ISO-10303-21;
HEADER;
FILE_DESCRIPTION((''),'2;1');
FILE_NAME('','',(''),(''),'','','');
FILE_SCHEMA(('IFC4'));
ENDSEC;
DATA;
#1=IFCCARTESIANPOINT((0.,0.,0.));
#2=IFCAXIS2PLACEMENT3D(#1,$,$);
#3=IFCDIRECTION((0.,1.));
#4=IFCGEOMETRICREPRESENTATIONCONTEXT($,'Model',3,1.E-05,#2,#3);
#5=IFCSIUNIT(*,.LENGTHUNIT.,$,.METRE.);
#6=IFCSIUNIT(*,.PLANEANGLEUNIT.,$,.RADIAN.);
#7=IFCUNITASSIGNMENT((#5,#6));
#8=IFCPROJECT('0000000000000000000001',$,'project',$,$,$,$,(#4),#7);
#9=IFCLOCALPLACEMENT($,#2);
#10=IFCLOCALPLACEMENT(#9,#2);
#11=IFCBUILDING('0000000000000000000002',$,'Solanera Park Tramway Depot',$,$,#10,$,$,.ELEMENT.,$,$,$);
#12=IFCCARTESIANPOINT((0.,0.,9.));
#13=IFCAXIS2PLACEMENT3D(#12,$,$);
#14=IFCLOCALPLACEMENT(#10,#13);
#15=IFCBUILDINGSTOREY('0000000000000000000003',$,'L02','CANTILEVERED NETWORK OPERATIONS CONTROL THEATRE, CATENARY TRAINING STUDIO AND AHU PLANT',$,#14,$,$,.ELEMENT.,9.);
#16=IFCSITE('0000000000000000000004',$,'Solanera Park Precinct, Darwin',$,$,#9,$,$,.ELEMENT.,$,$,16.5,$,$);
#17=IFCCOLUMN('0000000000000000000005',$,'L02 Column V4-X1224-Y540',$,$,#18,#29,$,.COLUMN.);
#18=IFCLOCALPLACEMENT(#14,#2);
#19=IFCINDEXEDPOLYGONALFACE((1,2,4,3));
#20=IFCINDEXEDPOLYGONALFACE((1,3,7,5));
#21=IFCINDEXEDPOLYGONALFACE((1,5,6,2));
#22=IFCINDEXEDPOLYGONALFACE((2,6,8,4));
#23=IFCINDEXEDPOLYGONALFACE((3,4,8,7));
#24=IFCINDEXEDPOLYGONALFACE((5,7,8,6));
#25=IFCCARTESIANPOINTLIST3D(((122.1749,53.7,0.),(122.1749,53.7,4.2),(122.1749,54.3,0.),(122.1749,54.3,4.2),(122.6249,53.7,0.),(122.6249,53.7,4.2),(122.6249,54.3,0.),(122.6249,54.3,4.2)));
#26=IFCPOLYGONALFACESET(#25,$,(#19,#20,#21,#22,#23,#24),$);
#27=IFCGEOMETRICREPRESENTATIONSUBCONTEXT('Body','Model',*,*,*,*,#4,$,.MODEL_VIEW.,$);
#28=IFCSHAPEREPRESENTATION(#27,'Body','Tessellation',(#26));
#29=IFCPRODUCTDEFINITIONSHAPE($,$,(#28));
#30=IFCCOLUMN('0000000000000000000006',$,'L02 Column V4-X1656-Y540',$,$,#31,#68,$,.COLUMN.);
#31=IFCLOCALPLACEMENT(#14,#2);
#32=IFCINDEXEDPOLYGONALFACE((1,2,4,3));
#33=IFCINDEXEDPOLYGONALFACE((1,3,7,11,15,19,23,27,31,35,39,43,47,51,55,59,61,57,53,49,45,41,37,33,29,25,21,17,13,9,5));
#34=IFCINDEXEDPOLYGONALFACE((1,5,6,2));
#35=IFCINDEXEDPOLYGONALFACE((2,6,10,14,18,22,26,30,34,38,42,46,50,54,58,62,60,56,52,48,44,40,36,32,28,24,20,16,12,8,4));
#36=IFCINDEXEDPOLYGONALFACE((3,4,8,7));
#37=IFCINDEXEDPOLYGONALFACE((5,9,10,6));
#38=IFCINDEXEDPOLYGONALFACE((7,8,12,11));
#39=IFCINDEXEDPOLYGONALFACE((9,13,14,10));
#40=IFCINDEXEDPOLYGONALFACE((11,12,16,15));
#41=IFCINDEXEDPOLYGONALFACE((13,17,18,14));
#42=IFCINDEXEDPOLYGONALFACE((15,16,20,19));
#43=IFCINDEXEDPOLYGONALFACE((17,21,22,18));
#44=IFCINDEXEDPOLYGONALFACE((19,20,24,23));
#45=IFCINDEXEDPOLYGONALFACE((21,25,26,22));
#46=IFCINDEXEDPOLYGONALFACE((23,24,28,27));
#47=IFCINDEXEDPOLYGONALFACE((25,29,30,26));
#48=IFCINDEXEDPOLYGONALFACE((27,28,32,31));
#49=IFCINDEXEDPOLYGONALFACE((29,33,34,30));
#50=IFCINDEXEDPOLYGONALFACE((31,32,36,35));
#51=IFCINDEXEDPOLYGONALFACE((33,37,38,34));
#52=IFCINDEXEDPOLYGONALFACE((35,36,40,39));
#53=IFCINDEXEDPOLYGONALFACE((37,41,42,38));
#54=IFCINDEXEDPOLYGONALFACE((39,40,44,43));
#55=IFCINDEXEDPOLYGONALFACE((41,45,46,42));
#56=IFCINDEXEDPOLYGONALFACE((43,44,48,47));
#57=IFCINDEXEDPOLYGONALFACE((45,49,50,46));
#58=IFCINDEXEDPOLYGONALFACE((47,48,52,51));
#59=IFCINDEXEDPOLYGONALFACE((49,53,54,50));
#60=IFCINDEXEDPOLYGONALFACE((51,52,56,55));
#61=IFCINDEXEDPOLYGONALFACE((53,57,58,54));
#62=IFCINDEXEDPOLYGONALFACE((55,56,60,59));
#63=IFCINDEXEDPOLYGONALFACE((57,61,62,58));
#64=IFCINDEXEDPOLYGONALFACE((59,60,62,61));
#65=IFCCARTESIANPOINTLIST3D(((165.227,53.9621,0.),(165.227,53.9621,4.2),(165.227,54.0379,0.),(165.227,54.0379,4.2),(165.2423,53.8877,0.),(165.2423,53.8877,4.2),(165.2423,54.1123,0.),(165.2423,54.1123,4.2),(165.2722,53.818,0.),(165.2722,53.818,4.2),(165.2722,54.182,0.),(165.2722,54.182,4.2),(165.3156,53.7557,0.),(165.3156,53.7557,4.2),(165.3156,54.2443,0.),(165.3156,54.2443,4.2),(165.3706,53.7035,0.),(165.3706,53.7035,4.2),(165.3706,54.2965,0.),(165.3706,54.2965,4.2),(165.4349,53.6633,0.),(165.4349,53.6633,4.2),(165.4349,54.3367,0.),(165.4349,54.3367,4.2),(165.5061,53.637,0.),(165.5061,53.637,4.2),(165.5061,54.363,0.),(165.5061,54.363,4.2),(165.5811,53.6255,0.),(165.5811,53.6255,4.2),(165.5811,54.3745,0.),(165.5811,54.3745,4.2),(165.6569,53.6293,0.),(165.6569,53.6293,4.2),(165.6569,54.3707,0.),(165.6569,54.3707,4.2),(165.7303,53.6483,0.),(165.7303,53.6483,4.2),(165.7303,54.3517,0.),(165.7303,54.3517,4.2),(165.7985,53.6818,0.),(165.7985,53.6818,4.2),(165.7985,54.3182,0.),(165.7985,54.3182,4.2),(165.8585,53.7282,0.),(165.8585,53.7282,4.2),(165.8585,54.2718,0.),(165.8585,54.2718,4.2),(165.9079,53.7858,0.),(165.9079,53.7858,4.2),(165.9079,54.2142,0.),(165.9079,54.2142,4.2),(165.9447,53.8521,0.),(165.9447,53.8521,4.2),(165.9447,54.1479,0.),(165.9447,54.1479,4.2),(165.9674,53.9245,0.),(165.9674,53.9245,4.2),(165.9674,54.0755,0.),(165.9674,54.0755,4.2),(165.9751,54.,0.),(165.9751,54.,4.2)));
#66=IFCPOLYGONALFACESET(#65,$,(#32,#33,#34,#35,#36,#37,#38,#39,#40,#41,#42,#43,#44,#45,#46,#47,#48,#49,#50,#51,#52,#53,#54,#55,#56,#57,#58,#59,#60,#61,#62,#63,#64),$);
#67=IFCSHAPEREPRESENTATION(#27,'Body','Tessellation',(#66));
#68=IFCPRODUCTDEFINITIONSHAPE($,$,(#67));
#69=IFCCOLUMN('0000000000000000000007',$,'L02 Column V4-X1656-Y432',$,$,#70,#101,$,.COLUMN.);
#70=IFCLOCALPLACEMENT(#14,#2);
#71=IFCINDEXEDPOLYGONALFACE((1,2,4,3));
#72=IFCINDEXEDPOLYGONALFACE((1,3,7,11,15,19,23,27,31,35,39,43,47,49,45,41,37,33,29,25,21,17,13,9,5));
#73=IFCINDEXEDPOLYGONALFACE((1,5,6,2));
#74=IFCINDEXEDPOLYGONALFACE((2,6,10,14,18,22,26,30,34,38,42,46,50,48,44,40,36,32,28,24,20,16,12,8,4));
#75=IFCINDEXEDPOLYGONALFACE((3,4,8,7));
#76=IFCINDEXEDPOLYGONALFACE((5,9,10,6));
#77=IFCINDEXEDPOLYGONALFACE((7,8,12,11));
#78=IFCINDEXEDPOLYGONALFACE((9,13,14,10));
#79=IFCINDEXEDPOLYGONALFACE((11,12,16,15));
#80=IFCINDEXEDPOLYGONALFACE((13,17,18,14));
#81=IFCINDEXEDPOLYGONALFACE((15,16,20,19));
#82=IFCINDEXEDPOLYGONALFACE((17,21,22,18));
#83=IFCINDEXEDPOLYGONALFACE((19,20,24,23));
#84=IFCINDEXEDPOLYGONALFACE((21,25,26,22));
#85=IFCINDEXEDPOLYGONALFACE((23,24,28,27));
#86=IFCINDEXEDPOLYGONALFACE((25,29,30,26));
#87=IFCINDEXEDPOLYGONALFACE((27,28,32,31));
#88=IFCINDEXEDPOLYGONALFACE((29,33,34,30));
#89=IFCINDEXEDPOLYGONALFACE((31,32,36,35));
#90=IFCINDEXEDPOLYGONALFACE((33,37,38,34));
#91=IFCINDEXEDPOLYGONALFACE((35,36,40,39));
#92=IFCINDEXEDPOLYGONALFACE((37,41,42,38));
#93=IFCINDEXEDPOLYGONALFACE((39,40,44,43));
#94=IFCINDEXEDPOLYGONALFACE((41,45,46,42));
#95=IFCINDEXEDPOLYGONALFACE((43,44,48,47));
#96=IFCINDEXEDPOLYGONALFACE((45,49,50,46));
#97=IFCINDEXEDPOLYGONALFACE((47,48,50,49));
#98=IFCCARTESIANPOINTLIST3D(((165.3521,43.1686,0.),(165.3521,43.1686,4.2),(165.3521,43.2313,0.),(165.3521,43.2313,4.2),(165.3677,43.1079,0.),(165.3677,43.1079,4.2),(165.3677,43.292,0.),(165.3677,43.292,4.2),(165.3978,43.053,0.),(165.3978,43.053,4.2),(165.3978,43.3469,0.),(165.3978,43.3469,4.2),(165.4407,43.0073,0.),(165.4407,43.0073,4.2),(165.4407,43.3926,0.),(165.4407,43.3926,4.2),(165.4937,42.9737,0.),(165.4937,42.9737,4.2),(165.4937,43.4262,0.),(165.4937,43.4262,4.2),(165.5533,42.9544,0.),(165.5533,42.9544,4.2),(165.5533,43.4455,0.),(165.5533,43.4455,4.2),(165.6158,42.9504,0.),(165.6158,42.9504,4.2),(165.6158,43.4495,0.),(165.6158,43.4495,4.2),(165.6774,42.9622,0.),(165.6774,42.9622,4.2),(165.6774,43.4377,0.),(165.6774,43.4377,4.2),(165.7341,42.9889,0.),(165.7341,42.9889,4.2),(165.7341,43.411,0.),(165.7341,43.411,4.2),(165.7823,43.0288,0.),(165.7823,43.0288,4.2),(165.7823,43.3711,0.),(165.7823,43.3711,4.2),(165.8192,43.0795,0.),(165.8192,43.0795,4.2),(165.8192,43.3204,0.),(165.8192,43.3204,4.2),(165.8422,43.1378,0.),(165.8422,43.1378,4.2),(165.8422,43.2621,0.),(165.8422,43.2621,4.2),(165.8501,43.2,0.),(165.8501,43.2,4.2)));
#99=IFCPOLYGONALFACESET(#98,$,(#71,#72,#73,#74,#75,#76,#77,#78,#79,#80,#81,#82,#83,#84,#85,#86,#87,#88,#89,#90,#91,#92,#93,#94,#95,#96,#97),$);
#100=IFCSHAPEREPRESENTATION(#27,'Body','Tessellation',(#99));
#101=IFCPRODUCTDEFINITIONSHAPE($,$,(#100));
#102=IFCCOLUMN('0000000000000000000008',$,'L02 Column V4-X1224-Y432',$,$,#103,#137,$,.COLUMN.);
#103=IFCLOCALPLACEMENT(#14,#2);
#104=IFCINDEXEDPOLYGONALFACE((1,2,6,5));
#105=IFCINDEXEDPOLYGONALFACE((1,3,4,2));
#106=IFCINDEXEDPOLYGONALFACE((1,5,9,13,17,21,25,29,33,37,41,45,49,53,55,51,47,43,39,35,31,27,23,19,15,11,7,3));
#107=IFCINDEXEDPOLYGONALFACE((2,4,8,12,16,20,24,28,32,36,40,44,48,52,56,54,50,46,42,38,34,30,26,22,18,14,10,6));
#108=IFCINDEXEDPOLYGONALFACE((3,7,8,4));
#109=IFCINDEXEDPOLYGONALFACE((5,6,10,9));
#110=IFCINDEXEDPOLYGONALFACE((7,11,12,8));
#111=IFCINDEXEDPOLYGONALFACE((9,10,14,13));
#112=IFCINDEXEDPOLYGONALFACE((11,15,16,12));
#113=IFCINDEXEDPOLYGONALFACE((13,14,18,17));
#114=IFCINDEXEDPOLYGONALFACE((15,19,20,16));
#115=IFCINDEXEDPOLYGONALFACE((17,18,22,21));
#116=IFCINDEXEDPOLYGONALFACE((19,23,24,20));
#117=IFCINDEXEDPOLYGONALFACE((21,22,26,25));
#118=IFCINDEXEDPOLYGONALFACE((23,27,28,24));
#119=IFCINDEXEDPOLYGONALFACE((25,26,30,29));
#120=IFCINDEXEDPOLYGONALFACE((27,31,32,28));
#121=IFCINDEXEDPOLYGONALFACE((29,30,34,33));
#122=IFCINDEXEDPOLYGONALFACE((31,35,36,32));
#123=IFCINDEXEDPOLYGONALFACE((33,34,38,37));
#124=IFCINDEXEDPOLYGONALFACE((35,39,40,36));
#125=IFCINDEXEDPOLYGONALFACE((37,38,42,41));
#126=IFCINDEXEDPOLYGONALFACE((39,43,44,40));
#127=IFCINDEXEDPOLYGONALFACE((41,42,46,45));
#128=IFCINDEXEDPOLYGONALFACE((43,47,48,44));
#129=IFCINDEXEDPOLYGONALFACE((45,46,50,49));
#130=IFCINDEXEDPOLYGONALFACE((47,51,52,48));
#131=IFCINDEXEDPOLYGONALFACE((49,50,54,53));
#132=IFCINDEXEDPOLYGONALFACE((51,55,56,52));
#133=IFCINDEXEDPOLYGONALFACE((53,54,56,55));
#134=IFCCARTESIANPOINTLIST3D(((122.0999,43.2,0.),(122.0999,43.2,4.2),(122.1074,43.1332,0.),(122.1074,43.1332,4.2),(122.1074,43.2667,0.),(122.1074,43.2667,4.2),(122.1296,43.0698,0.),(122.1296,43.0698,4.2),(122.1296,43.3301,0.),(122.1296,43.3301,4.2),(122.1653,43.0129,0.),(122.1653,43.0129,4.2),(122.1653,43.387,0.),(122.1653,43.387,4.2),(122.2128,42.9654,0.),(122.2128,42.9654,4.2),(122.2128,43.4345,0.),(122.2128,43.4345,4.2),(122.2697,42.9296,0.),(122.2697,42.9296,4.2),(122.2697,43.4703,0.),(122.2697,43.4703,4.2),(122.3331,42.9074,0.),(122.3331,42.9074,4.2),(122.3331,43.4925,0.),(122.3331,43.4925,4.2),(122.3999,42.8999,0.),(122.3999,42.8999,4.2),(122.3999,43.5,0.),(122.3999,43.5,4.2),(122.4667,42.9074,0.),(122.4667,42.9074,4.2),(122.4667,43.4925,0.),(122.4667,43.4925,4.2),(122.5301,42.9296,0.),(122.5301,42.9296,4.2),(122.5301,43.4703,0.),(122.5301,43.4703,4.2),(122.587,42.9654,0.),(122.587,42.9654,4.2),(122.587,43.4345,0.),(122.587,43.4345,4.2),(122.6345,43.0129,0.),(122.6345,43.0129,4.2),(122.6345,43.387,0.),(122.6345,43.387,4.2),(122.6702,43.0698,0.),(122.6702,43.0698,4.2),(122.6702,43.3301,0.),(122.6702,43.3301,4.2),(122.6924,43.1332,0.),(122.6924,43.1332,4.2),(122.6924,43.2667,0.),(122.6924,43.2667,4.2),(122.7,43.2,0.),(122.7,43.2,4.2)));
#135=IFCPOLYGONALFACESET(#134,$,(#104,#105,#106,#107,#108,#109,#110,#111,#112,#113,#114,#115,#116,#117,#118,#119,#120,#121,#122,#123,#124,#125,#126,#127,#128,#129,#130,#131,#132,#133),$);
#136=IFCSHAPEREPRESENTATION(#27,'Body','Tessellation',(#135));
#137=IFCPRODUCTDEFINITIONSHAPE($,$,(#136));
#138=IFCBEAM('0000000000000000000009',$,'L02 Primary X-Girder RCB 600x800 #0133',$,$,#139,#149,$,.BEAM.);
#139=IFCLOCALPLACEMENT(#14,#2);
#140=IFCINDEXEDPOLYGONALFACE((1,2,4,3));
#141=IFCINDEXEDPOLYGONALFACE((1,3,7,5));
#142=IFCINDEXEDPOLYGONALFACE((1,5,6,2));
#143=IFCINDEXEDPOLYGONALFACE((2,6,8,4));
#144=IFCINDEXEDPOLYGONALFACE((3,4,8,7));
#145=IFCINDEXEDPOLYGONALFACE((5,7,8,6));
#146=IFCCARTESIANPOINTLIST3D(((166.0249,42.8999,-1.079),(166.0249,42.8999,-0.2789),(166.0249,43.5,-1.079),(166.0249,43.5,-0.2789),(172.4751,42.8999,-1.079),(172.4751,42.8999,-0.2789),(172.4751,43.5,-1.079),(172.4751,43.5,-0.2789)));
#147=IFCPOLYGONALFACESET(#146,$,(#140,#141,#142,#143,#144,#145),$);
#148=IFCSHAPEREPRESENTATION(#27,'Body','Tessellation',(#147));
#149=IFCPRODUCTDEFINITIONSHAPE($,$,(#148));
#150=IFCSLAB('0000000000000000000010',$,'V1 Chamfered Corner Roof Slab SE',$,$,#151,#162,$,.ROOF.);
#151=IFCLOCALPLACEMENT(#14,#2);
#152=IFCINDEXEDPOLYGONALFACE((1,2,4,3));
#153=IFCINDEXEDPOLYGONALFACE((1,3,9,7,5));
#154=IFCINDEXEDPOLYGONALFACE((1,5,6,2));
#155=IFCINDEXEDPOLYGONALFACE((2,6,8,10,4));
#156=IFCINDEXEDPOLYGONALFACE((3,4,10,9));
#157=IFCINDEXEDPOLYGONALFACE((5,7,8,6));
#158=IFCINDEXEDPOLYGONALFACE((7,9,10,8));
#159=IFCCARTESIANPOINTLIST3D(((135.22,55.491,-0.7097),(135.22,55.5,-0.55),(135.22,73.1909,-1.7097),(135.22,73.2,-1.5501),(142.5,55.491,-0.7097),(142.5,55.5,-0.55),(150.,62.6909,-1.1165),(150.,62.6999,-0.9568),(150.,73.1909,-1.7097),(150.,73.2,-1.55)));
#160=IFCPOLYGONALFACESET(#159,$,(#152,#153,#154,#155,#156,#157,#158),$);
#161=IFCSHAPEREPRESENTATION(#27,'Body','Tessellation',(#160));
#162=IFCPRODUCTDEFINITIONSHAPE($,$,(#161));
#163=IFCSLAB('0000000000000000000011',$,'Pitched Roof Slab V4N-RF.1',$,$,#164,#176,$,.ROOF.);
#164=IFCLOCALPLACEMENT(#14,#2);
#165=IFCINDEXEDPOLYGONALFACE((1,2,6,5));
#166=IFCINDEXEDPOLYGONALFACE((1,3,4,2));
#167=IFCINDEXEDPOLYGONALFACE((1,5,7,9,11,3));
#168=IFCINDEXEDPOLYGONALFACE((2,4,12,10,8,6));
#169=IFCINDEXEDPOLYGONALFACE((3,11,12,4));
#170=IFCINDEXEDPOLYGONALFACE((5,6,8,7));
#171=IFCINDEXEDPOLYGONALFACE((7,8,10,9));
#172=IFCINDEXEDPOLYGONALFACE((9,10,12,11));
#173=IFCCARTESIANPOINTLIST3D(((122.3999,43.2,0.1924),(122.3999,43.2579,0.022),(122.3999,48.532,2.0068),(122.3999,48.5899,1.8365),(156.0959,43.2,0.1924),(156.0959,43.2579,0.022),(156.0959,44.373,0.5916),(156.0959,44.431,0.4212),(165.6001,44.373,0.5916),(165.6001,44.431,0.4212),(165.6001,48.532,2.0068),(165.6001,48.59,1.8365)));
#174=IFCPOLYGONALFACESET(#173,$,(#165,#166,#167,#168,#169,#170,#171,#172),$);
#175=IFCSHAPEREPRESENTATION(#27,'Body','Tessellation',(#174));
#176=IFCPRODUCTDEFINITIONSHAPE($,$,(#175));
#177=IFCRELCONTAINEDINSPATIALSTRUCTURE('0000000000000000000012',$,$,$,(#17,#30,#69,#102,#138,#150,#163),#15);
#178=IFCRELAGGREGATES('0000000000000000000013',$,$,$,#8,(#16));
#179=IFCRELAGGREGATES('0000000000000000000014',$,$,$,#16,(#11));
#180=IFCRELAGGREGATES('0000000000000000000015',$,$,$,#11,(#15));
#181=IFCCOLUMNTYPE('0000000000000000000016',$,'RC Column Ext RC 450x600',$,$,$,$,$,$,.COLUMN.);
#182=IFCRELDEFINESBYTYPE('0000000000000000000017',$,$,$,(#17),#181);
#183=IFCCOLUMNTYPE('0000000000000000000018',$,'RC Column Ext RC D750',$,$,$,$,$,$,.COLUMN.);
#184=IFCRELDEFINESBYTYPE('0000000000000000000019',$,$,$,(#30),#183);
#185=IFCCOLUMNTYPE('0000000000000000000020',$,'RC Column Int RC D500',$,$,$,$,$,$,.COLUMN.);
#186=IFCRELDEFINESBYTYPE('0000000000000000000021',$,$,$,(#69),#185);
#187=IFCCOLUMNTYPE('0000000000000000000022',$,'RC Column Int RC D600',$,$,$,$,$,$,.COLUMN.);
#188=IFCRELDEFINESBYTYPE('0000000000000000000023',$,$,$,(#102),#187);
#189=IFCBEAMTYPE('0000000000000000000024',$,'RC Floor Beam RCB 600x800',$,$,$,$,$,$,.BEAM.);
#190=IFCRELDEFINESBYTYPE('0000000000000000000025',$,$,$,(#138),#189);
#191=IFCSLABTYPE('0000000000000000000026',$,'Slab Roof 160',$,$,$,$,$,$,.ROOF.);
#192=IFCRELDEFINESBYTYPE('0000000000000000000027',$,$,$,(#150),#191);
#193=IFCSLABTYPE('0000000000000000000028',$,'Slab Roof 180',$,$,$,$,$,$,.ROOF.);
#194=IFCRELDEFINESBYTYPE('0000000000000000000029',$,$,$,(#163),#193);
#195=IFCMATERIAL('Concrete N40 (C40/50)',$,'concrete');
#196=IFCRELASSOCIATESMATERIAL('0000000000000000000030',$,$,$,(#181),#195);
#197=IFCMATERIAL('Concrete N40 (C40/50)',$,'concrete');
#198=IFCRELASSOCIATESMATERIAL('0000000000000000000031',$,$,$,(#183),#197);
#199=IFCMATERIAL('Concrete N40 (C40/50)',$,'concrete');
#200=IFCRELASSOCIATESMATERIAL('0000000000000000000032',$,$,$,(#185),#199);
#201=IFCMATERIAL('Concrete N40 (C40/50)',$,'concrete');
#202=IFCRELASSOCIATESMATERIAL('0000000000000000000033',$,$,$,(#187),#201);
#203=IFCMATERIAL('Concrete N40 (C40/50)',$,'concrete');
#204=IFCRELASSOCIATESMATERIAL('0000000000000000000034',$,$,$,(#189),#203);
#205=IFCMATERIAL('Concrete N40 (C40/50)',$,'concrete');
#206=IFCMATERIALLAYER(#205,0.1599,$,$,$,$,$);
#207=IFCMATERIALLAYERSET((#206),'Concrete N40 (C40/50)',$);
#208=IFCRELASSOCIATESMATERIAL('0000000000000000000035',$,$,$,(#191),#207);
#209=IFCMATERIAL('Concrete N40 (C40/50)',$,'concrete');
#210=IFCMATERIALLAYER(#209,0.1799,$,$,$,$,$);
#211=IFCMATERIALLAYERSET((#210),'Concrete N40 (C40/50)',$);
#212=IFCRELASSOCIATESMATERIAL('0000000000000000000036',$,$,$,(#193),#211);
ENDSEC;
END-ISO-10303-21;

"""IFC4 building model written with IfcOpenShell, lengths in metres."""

from ifc_helpers import new_model, si_unit, direction, frame, origin, origin_2d, place, context, subcontext, project, spatial, polyline, rectangle, circle, outline, extrude, material, layer, layer_set, material_profile, profile_set, type_object, element, save


model = new_model("IFC4")

# Units and contexts
model_context = context("Model", 3, precision=1e-05, world=origin(), true_north=direction((0.0, 1.0)))
body_context = subcontext(model_context, "Body", "Model", "MODEL_VIEW")
ifc_project = project(units=[si_unit("LENGTHUNIT", "METRE"), si_unit("PLANEANGLEUNIT", "RADIAN")], contexts=[model_context])

# Site, building, storey
site_placement = place(None, origin())
site = spatial("IfcSite", under=ifc_project, at=site_placement, Name="Solanera Park Precinct, Darwin", CompositionType="ELEMENT", RefElevation=16.5)
building_placement = place(site_placement, origin())
building = spatial("IfcBuilding", under=site, at=building_placement, Name="Solanera Park Tramway Depot", CompositionType="ELEMENT")
storey_placement = place(building_placement, frame((0.0, 0.0, 9.0)))
storey = spatial("IfcBuildingStorey", under=building, at=storey_placement, Name="L02", Description="CANTILEVERED NETWORK OPERATIONS CONTROL THEATRE, CATENARY TRAINING STUDIO AND AHU PLANT", CompositionType="ELEMENT", Elevation=9.0)

# Columns
ifc_material_1 = material(Name="Concrete N40 (C40/50)", Category="concrete")
ifc_material_profile_1 = material_profile(ifc_material_1, rectangle(XDim=0.45, YDim=0.6001, at=origin_2d()), Name="RC 450x600")
ifc_profile_set_1 = profile_set([ifc_material_profile_1], Name="Concrete N40 (C40/50)")
column_type_1 = type_object("IfcColumnType", Name="RC Column Ext RC 450x600", PredefinedType="COLUMN", material=ifc_profile_set_1)
column_1_placement = place(storey_placement, frame((122.3999, 54.0, 0.0), z_axis=(0.0, 0.0, 1.0), x_axis=(1.0, 0.0, 0.0)))
element("IfcColumn", 1, at=column_1_placement, inside=storey, type_object=column_type_1, Name="L02 Column V4-X1224-Y540", PredefinedType="COLUMN", context=body_context, shape_type="SweptSolid", body=[
    extrude(rectangle(XDim=0.45, YDim=0.6001, at=origin_2d()), origin(), (0.0, 0.0, 1.0), 4.2),
])
ifc_material_2 = material(Name="Concrete N40 (C40/50)", Category="concrete")
ifc_material_profile_2 = material_profile(ifc_material_2, circle(Radius=0.375, at=origin_2d()), Name="RC D750")
ifc_profile_set_2 = profile_set([ifc_material_profile_2], Name="Concrete N40 (C40/50)")
column_type_2 = type_object("IfcColumnType", Name="RC Column Ext RC D750", PredefinedType="COLUMN", material=ifc_profile_set_2)
column_2_placement = place(storey_placement, frame((165.6001, 54.0, 0.0), z_axis=(0.0, 0.0, 1.0), x_axis=(1.0, 0.0, 0.0)))
element("IfcColumn", 2, at=column_2_placement, inside=storey, type_object=column_type_2, Name="L02 Column V4-X1656-Y540", PredefinedType="COLUMN", context=body_context, shape_type="SweptSolid", body=[
    extrude(circle(Radius=0.375, at=origin_2d()), origin(), (0.0, 0.0, 1.0), 4.2),
])
ifc_material_3 = material(Name="Concrete N40 (C40/50)", Category="concrete")
ifc_material_profile_3 = material_profile(ifc_material_3, circle(Radius=0.25, at=origin_2d()), Name="RC D500")
ifc_profile_set_3 = profile_set([ifc_material_profile_3], Name="Concrete N40 (C40/50)")
column_type_3 = type_object("IfcColumnType", Name="RC Column Int RC D500", PredefinedType="COLUMN", material=ifc_profile_set_3)
column_3_placement = place(storey_placement, frame((165.6001, 43.2, 0.0), z_axis=(0.0, 0.0, 1.0), x_axis=(1.0, 0.0, 0.0)))
element("IfcColumn", 3, at=column_3_placement, inside=storey, type_object=column_type_3, Name="L02 Column V4-X1656-Y432", PredefinedType="COLUMN", context=body_context, shape_type="SweptSolid", body=[
    extrude(circle(Radius=0.25, at=origin_2d()), origin(), (0.0, 0.0, 1.0), 4.2),
])
ifc_material_4 = material(Name="Concrete N40 (C40/50)", Category="concrete")
ifc_material_profile_4 = material_profile(ifc_material_4, circle(Radius=0.3, at=origin_2d()), Name="RC D600")
ifc_profile_set_4 = profile_set([ifc_material_profile_4], Name="Concrete N40 (C40/50)")
column_type_4 = type_object("IfcColumnType", Name="RC Column Int RC D600", PredefinedType="COLUMN", material=ifc_profile_set_4)
column_4_placement = place(storey_placement, frame((122.3999, 43.2, 0.0), z_axis=(0.0, 0.0, 1.0), x_axis=(1.0, 0.0, 0.0)))
element("IfcColumn", 4, at=column_4_placement, inside=storey, type_object=column_type_4, Name="L02 Column V4-X1224-Y432", PredefinedType="COLUMN", context=body_context, shape_type="SweptSolid", body=[
    extrude(circle(Radius=0.3, at=origin_2d()), origin(), (0.0, 0.0, 1.0), 4.2),
])

# Beam
ifc_material_5 = material(Name="Concrete N40 (C40/50)", Category="concrete")
ifc_material_profile_5 = material_profile(ifc_material_5, rectangle(XDim=0.6001, YDim=0.8, at=origin_2d()), Name="RCB 600x800")
ifc_profile_set_5 = profile_set([ifc_material_profile_5], Name="Concrete N40 (C40/50)")
beam_type = type_object("IfcBeamType", Name="RC Floor Beam RCB 600x800", PredefinedType="BEAM", material=ifc_profile_set_5)
beam_placement = place(storey_placement, frame((166.0249, 43.2, -0.679), z_axis=(1.0, 0.0, 0.0), x_axis=(0.0, 1.0, 0.0)))
element("IfcBeam", 5, at=beam_placement, inside=storey, type_object=beam_type, Name="L02 Primary X-Girder RCB 600x800 #0133", PredefinedType="BEAM", context=body_context, shape_type="SweptSolid", body=[
    extrude(rectangle(XDim=0.6001, YDim=0.8, at=origin_2d()), origin(), (0.0, 0.0, 1.0), 6.4502),
])

# Slabs
ifc_material_6 = material(Name="Concrete N40 (C40/50)", Category="concrete")
ifc_layer_1 = layer(ifc_material_6, 0.1599)
ifc_layer_set_1 = layer_set([ifc_layer_1], Name="Concrete N40 (C40/50)")
slab_type_1 = type_object("IfcSlabType", Name="Slab Roof 160", PredefinedType="ROOF", material=ifc_layer_set_1)
slab_placement = place(storey_placement, frame((135.22, 55.5, -0.55), z_axis=(-0.000001, 0.056408, 0.998408), x_axis=(1.0, 0.0, 0.000001)))
element("IfcSlab", 6, at=slab_placement, inside=storey, type_object=slab_type_1, Name="V1 Chamfered Corner Roof Slab SE", PredefinedType="ROOF", context=body_context, shape_type="SweptSolid", body=[
    extrude(outline(polyline([(0.0, 0.0), (7.28, 0.0), (14.78, 7.2114), (14.78, 17.7282), (0.0, 17.7282), (0.0, 0.0)])), origin(), (0.0, 0.0, -1.0), 0.1599),
])
ifc_material_7 = material(Name="Concrete N40 (C40/50)", Category="concrete")
ifc_layer_2 = layer(ifc_material_7, 0.1799)
ifc_layer_set_2 = layer_set([ifc_layer_2], Name="Concrete N40 (C40/50)")
slab_type_2 = type_object("IfcSlabType", Name="Slab Roof 180", PredefinedType="ROOF", material=ifc_layer_set_2)
for number, where, z_axis, x_axis, name in (
    (7, (122.3999, 43.2, 0.1924), (0.0, -0.322152, 0.946688), (1.0, 0.0, 0.0), "Pitched Roof Slab V4N-RF.1"),
):
    element("IfcSlab", number, at=place(storey_placement, frame(where, z_axis=z_axis, x_axis=x_axis)), inside=storey, type_object=slab_type_2, Name=name, PredefinedType="ROOF", context=body_context, shape_type="SweptSolid", body=[
        extrude(outline(polyline([(0.0, 0.0), (33.696, 0.0), (33.696, 1.2391), (43.2002, 1.2391), (43.2002, 5.6323), (0.0, 5.6323), (0.0, 0.0)])), origin(), (0.0, 0.0, -1.0), 0.1799),
    ])

save(model, "model.ifc")
